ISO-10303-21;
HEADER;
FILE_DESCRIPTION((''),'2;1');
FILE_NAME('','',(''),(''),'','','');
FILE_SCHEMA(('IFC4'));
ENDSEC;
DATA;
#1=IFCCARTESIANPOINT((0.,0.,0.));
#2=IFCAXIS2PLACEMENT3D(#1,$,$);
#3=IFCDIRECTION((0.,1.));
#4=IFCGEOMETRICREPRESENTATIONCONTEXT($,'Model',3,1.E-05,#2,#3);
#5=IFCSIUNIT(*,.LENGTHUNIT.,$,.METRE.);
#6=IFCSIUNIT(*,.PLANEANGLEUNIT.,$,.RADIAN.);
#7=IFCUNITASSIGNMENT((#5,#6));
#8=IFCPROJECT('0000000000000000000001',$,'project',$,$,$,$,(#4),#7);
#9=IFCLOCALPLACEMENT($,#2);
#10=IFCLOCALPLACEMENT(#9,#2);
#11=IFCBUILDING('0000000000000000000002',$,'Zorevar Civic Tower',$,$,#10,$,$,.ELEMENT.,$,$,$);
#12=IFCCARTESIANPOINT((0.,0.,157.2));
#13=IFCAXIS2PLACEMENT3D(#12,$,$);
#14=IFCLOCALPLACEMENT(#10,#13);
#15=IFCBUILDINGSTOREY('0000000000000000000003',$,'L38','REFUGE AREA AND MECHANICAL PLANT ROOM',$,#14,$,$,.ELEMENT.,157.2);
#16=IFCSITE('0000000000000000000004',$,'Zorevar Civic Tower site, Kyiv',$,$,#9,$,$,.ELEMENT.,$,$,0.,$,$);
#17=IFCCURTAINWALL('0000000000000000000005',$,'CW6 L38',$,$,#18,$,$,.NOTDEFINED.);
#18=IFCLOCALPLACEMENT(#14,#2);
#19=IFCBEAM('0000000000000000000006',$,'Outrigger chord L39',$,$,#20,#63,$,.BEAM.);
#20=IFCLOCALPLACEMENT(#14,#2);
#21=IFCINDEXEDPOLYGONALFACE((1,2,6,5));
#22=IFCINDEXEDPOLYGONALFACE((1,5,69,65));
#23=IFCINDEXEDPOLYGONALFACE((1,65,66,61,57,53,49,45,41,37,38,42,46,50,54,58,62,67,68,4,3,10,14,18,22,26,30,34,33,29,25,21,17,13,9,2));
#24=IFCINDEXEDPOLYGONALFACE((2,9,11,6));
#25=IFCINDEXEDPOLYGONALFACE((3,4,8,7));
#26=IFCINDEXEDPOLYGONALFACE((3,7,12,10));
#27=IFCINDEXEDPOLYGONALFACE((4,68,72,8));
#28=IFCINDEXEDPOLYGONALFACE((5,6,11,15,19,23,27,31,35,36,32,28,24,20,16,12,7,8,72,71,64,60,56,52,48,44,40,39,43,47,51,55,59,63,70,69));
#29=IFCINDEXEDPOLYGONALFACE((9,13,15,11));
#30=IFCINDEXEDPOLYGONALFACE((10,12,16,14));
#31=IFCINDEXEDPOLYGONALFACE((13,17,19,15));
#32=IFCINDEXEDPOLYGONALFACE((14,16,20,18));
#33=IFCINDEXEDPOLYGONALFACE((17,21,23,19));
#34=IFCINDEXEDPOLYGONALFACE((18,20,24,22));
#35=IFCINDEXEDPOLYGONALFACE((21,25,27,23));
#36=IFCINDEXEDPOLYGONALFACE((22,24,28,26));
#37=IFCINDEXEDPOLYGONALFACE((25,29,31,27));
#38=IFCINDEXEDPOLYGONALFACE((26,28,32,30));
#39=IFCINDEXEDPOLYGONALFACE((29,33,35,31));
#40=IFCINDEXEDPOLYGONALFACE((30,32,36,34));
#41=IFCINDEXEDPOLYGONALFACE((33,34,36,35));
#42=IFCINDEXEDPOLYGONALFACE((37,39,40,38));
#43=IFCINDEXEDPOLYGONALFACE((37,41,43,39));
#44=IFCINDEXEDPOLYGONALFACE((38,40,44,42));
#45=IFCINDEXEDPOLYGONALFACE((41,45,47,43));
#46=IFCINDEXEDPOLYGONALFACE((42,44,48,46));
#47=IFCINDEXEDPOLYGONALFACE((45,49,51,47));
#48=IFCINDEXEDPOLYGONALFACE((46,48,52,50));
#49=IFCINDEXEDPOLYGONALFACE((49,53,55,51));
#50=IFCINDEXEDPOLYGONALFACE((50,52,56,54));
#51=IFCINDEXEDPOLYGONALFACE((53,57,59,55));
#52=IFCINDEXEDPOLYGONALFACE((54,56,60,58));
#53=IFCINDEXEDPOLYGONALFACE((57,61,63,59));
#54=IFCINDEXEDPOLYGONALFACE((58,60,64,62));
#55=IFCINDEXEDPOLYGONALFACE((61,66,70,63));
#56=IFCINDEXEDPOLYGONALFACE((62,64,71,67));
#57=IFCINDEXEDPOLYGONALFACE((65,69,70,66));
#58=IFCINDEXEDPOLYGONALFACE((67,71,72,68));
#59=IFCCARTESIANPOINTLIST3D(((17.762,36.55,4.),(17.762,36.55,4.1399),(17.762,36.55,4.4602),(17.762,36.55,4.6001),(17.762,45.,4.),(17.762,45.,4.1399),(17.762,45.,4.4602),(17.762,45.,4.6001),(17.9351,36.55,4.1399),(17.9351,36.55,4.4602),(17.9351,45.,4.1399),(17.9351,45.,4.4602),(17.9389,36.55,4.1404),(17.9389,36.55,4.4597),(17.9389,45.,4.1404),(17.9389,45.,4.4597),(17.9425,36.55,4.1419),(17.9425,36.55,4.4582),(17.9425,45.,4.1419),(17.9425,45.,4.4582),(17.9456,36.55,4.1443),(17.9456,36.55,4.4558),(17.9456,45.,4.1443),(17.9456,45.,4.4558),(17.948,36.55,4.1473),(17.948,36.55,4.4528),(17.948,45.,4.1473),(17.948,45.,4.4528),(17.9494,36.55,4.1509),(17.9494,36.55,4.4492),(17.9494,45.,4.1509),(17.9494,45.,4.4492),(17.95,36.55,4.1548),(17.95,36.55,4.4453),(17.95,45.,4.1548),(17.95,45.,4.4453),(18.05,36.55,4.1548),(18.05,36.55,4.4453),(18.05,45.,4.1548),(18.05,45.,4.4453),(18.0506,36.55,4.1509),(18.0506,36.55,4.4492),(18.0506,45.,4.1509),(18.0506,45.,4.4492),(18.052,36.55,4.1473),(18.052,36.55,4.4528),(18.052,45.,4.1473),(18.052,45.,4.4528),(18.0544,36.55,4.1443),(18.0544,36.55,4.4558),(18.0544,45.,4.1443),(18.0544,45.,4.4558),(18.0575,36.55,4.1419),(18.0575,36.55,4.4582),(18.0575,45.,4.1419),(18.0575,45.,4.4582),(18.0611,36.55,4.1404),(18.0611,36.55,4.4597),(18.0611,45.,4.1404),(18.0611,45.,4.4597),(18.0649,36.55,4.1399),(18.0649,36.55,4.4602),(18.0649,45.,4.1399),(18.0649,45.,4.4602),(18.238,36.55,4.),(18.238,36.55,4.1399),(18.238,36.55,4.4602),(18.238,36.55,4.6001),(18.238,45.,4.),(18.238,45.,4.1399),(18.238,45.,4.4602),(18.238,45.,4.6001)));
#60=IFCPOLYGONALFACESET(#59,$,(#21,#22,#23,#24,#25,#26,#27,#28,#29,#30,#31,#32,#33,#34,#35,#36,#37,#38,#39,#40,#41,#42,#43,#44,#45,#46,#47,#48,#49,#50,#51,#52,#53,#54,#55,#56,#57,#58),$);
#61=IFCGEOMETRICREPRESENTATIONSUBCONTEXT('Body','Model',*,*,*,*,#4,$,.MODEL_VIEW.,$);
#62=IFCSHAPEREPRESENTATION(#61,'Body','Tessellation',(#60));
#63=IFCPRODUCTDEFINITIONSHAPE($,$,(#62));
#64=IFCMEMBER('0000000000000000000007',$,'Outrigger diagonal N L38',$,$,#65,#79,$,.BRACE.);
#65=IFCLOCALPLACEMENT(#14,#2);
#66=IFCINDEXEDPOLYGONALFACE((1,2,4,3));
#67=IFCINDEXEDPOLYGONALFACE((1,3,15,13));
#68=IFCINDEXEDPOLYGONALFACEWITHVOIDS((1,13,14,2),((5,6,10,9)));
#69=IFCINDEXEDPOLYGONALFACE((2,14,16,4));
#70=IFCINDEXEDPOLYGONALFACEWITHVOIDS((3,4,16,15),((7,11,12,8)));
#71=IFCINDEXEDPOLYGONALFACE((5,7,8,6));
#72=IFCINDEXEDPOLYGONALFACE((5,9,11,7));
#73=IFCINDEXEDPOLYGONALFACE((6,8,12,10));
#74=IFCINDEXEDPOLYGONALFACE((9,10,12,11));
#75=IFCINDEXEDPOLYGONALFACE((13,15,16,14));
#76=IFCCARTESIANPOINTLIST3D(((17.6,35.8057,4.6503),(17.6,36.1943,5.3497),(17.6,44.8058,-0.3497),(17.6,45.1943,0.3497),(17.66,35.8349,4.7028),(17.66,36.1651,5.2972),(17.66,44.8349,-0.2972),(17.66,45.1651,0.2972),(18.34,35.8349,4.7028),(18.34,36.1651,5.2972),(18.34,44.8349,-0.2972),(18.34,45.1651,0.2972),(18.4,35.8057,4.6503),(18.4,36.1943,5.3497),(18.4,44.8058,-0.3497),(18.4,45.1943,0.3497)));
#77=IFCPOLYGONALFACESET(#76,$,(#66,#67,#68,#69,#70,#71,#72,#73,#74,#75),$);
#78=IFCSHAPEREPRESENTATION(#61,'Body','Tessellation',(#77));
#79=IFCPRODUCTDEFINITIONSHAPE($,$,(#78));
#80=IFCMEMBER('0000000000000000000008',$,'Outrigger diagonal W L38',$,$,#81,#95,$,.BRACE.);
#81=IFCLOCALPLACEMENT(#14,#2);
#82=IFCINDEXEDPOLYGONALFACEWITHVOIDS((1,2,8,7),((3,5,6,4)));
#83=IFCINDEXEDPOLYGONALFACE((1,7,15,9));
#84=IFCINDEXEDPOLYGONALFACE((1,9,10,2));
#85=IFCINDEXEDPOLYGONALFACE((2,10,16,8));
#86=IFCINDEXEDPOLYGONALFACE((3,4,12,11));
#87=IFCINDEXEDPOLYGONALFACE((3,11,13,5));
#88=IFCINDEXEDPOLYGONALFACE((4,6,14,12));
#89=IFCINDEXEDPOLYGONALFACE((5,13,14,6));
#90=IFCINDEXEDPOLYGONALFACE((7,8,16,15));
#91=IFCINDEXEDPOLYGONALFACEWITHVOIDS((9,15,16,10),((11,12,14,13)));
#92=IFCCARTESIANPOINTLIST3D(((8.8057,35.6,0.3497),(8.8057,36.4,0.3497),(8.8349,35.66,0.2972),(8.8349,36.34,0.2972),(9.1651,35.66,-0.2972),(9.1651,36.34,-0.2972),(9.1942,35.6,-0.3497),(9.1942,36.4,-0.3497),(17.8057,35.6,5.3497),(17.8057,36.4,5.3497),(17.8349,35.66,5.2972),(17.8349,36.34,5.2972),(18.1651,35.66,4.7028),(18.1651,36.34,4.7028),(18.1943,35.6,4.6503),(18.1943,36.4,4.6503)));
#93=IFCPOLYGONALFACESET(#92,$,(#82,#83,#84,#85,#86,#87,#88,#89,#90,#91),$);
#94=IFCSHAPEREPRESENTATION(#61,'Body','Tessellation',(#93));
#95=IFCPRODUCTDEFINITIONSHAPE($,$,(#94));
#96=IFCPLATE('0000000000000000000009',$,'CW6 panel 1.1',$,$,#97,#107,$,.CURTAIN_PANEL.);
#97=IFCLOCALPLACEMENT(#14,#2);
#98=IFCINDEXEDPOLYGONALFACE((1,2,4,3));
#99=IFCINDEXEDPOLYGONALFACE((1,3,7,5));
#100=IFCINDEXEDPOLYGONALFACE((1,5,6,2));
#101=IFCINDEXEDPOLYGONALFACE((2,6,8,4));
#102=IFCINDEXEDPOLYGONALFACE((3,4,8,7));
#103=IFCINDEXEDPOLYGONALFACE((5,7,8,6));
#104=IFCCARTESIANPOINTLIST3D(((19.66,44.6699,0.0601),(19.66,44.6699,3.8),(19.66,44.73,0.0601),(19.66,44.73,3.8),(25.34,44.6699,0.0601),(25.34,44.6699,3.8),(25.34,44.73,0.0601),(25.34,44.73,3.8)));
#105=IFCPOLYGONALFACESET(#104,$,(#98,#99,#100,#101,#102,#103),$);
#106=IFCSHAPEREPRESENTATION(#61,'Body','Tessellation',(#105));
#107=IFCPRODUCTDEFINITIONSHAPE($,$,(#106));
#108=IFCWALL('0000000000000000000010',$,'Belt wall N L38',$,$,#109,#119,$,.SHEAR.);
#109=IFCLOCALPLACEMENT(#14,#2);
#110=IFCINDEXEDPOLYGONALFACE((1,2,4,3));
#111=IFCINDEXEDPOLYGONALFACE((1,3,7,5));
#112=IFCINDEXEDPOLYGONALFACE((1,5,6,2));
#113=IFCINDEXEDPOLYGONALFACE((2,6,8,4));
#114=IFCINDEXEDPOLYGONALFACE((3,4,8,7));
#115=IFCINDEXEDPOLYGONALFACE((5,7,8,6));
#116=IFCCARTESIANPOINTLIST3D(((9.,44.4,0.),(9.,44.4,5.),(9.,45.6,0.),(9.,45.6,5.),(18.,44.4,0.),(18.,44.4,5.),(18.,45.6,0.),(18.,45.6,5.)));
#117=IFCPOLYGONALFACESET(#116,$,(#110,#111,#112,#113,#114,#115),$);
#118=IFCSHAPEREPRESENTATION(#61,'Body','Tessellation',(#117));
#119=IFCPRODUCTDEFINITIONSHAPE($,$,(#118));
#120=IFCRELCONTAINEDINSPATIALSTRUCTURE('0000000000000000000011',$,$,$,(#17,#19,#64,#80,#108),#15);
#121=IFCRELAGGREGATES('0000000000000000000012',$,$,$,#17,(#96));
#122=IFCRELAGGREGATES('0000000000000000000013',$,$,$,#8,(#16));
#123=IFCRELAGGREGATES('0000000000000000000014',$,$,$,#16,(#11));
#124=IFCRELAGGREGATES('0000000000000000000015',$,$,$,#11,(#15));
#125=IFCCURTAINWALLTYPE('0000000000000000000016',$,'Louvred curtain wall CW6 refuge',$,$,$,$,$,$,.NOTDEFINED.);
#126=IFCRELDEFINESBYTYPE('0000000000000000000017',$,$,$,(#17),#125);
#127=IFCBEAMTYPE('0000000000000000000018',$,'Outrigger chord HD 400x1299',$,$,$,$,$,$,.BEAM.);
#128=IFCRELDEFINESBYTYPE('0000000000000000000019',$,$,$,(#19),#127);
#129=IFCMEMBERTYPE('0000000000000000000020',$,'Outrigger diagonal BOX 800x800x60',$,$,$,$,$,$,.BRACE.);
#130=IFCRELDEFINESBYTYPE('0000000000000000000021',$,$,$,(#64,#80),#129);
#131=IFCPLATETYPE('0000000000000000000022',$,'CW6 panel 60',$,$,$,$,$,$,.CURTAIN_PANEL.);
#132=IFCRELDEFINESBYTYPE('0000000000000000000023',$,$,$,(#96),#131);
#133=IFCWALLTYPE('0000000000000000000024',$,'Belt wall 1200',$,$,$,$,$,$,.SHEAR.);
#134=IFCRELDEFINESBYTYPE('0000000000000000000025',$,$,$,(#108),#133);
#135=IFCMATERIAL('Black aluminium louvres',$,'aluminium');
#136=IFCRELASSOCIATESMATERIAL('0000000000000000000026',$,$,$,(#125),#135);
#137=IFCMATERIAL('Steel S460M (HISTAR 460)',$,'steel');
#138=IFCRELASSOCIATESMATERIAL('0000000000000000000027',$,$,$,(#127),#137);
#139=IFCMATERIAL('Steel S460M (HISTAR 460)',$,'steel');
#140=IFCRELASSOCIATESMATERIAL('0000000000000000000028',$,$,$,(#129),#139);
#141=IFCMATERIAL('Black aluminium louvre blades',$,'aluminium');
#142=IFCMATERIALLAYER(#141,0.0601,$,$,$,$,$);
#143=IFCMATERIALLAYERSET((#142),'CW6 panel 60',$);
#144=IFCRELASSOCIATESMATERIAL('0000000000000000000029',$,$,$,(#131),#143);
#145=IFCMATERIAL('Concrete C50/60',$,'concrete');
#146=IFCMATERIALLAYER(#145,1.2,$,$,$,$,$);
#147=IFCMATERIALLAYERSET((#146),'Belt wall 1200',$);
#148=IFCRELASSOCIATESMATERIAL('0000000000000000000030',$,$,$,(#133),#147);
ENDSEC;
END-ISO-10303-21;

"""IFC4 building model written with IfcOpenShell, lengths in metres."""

from ifc_helpers import new_model, si_unit, direction, frame, frame_2d, origin, origin_2d, place, context, subcontext, project, spatial, rectangle, hollow_rectangle, i_section, extrude, material, layer, layer_set, material_profile, profile_set, type_object, element, aggregate, save


model = new_model("IFC4")

# Units and contexts
model_context = context("Model", 3, precision=1e-05, world=origin(), true_north=direction((0.0, 1.0)))
body_context = subcontext(model_context, "Body", "Model", "MODEL_VIEW")
ifc_project = project(units=[si_unit("LENGTHUNIT", "METRE"), si_unit("PLANEANGLEUNIT", "RADIAN")], contexts=[model_context])

# Site, building, storey
site_placement = place(None, origin())
site = spatial("IfcSite", under=ifc_project, at=site_placement, Name="Zorevar Civic Tower site, Kyiv", CompositionType="ELEMENT", RefElevation=0.0)
building_placement = place(site_placement, origin())
building = spatial("IfcBuilding", under=site, at=building_placement, Name="Zorevar Civic Tower", CompositionType="ELEMENT")
storey_placement = place(building_placement, frame((0.0, 0.0, 157.2)))
storey = spatial("IfcBuildingStorey", under=building, at=storey_placement, Name="L38", Description="REFUGE AREA AND MECHANICAL PLANT ROOM", CompositionType="ELEMENT", Elevation=157.2)

# Curtain wall
ifc_material_1 = material(Name="Black aluminium louvres", Category="aluminium")
curtain_wall_type = type_object("IfcCurtainWallType", Name="Louvred curtain wall CW6 refuge", PredefinedType="NOTDEFINED", material=ifc_material_1)
curtain_wall_placement = place(storey_placement, origin())
curtain_wall = element("IfcCurtainWall", 1, at=curtain_wall_placement, inside=storey, type_object=curtain_wall_type, Name="CW6 L38", PredefinedType="NOTDEFINED")

# Beam
ifc_material_2 = material(Name="Steel S460M (HISTAR 460)", Category="steel")
ifc_material_profile_1 = material_profile(ifc_material_2, i_section(OverallWidth=0.4761, OverallDepth=0.6001, WebThickness=0.1001, FlangeThickness=0.1399, FilletRadius=0.0149, at=origin_2d()), Name="HD 400x1299")
ifc_profile_set_1 = profile_set([ifc_material_profile_1], Name="Steel S460M (HISTAR 460)")
beam_type_1 = type_object("IfcBeamType", Name="Outrigger chord HD 400x1299", PredefinedType="BEAM", material=ifc_profile_set_1)
beam_1_placement = place(storey_placement, frame((18.0, 36.55, 4.3), z_axis=(0.0, 1.0, 0.0), x_axis=(-1.0, 0.0, 0.0)))
element("IfcBeam", 2, at=beam_1_placement, inside=storey, type_object=beam_type_1, Name="Outrigger chord L39", PredefinedType="BEAM", context=body_context, shape_type="SweptSolid", body=[
    extrude(i_section(OverallWidth=0.4761, OverallDepth=0.6001, WebThickness=0.1001, FlangeThickness=0.1399, FilletRadius=0.0149, at=origin_2d()), origin(), (0.0, 0.0, 1.0), 8.45),
])

# Members
ifc_material_3 = material(Name="Steel S460M (HISTAR 460)", Category="steel")
ifc_material_profile_2 = material_profile(ifc_material_3, hollow_rectangle(XDim=0.8, YDim=0.8, WallThickness=0.0601, at=origin_2d()), Name="BOX 800x800x60")
ifc_profile_set_2 = profile_set([ifc_material_profile_2], Name="Steel S460M (HISTAR 460)")
member_type_1 = type_object("IfcMemberType", Name="Outrigger diagonal BOX 800x800x60", PredefinedType="BRACE", material=ifc_profile_set_2)
for number, where, z_axis, x_axis, name in (
    (3, (18.0, 36.0, 5.0), (0.0, 0.874157, -0.485643), (-1.0, 0.0, 0.0), "Outrigger diagonal N L38"),
    (4, (18.0, 36.0, 5.0), (-0.874157, 0.0, -0.485643), (0.0, -1.0, 0.0), "Outrigger diagonal W L38"),
):
    element("IfcMember", number, at=place(storey_placement, frame(where, z_axis=z_axis, x_axis=x_axis)), inside=storey, type_object=member_type_1, Name=name, PredefinedType="BRACE", context=body_context, shape_type="SweptSolid", body=[
        extrude(hollow_rectangle(XDim=0.8, YDim=0.8, WallThickness=0.0601, at=origin_2d()), origin(), (0.0, 0.0, 1.0), 10.2957),
    ])

# Plate
ifc_material_4 = material(Name="Black aluminium louvre blades", Category="aluminium")
ifc_layer_1 = layer(ifc_material_4, 0.0601)
ifc_layer_set_1 = layer_set([ifc_layer_1], Name="CW6 panel 60")
plate_type = type_object("IfcPlateType", Name="CW6 panel 60", PredefinedType="CURTAIN_PANEL", material=ifc_layer_set_1)
plate_placement = place(storey_placement, frame((22.5, 44.7, 0.0601), z_axis=(0.0, 0.0, 1.0), x_axis=(1.0, 0.0, 0.0)))
plate = element("IfcPlate", 5, at=plate_placement, type_object=plate_type, Name="CW6 panel 1.1", PredefinedType="CURTAIN_PANEL", context=body_context, shape_type="SweptSolid", body=[
    extrude(rectangle(XDim=5.6799, YDim=0.0601, at=origin_2d()), origin(), (0.0, 0.0, 1.0), 3.74),
])
aggregate(curtain_wall, [plate])

# Wall
ifc_material_5 = material(Name="Concrete C50/60", Category="concrete")
ifc_layer_2 = layer(ifc_material_5, 1.2)
ifc_layer_set_2 = layer_set([ifc_layer_2], Name="Belt wall 1200")
wall_type_1 = type_object("IfcWallType", Name="Belt wall 1200", PredefinedType="SHEAR", material=ifc_layer_set_2)
wall_1_placement = place(storey_placement, frame((9.0, 45.0, 0.0), z_axis=(0.0, 0.0, 1.0), x_axis=(1.0, 0.0, 0.0)))
element("IfcWall", 6, at=wall_1_placement, inside=storey, type_object=wall_type_1, Name="Belt wall N L38", PredefinedType="SHEAR", context=body_context, shape_type="SweptSolid", body=[
    extrude(rectangle(XDim=9.0, YDim=1.2, at=frame_2d((4.5, 0.0))), origin(), (0.0, 0.0, 1.0), 5.0),
])

save(model, "model.ifc")
